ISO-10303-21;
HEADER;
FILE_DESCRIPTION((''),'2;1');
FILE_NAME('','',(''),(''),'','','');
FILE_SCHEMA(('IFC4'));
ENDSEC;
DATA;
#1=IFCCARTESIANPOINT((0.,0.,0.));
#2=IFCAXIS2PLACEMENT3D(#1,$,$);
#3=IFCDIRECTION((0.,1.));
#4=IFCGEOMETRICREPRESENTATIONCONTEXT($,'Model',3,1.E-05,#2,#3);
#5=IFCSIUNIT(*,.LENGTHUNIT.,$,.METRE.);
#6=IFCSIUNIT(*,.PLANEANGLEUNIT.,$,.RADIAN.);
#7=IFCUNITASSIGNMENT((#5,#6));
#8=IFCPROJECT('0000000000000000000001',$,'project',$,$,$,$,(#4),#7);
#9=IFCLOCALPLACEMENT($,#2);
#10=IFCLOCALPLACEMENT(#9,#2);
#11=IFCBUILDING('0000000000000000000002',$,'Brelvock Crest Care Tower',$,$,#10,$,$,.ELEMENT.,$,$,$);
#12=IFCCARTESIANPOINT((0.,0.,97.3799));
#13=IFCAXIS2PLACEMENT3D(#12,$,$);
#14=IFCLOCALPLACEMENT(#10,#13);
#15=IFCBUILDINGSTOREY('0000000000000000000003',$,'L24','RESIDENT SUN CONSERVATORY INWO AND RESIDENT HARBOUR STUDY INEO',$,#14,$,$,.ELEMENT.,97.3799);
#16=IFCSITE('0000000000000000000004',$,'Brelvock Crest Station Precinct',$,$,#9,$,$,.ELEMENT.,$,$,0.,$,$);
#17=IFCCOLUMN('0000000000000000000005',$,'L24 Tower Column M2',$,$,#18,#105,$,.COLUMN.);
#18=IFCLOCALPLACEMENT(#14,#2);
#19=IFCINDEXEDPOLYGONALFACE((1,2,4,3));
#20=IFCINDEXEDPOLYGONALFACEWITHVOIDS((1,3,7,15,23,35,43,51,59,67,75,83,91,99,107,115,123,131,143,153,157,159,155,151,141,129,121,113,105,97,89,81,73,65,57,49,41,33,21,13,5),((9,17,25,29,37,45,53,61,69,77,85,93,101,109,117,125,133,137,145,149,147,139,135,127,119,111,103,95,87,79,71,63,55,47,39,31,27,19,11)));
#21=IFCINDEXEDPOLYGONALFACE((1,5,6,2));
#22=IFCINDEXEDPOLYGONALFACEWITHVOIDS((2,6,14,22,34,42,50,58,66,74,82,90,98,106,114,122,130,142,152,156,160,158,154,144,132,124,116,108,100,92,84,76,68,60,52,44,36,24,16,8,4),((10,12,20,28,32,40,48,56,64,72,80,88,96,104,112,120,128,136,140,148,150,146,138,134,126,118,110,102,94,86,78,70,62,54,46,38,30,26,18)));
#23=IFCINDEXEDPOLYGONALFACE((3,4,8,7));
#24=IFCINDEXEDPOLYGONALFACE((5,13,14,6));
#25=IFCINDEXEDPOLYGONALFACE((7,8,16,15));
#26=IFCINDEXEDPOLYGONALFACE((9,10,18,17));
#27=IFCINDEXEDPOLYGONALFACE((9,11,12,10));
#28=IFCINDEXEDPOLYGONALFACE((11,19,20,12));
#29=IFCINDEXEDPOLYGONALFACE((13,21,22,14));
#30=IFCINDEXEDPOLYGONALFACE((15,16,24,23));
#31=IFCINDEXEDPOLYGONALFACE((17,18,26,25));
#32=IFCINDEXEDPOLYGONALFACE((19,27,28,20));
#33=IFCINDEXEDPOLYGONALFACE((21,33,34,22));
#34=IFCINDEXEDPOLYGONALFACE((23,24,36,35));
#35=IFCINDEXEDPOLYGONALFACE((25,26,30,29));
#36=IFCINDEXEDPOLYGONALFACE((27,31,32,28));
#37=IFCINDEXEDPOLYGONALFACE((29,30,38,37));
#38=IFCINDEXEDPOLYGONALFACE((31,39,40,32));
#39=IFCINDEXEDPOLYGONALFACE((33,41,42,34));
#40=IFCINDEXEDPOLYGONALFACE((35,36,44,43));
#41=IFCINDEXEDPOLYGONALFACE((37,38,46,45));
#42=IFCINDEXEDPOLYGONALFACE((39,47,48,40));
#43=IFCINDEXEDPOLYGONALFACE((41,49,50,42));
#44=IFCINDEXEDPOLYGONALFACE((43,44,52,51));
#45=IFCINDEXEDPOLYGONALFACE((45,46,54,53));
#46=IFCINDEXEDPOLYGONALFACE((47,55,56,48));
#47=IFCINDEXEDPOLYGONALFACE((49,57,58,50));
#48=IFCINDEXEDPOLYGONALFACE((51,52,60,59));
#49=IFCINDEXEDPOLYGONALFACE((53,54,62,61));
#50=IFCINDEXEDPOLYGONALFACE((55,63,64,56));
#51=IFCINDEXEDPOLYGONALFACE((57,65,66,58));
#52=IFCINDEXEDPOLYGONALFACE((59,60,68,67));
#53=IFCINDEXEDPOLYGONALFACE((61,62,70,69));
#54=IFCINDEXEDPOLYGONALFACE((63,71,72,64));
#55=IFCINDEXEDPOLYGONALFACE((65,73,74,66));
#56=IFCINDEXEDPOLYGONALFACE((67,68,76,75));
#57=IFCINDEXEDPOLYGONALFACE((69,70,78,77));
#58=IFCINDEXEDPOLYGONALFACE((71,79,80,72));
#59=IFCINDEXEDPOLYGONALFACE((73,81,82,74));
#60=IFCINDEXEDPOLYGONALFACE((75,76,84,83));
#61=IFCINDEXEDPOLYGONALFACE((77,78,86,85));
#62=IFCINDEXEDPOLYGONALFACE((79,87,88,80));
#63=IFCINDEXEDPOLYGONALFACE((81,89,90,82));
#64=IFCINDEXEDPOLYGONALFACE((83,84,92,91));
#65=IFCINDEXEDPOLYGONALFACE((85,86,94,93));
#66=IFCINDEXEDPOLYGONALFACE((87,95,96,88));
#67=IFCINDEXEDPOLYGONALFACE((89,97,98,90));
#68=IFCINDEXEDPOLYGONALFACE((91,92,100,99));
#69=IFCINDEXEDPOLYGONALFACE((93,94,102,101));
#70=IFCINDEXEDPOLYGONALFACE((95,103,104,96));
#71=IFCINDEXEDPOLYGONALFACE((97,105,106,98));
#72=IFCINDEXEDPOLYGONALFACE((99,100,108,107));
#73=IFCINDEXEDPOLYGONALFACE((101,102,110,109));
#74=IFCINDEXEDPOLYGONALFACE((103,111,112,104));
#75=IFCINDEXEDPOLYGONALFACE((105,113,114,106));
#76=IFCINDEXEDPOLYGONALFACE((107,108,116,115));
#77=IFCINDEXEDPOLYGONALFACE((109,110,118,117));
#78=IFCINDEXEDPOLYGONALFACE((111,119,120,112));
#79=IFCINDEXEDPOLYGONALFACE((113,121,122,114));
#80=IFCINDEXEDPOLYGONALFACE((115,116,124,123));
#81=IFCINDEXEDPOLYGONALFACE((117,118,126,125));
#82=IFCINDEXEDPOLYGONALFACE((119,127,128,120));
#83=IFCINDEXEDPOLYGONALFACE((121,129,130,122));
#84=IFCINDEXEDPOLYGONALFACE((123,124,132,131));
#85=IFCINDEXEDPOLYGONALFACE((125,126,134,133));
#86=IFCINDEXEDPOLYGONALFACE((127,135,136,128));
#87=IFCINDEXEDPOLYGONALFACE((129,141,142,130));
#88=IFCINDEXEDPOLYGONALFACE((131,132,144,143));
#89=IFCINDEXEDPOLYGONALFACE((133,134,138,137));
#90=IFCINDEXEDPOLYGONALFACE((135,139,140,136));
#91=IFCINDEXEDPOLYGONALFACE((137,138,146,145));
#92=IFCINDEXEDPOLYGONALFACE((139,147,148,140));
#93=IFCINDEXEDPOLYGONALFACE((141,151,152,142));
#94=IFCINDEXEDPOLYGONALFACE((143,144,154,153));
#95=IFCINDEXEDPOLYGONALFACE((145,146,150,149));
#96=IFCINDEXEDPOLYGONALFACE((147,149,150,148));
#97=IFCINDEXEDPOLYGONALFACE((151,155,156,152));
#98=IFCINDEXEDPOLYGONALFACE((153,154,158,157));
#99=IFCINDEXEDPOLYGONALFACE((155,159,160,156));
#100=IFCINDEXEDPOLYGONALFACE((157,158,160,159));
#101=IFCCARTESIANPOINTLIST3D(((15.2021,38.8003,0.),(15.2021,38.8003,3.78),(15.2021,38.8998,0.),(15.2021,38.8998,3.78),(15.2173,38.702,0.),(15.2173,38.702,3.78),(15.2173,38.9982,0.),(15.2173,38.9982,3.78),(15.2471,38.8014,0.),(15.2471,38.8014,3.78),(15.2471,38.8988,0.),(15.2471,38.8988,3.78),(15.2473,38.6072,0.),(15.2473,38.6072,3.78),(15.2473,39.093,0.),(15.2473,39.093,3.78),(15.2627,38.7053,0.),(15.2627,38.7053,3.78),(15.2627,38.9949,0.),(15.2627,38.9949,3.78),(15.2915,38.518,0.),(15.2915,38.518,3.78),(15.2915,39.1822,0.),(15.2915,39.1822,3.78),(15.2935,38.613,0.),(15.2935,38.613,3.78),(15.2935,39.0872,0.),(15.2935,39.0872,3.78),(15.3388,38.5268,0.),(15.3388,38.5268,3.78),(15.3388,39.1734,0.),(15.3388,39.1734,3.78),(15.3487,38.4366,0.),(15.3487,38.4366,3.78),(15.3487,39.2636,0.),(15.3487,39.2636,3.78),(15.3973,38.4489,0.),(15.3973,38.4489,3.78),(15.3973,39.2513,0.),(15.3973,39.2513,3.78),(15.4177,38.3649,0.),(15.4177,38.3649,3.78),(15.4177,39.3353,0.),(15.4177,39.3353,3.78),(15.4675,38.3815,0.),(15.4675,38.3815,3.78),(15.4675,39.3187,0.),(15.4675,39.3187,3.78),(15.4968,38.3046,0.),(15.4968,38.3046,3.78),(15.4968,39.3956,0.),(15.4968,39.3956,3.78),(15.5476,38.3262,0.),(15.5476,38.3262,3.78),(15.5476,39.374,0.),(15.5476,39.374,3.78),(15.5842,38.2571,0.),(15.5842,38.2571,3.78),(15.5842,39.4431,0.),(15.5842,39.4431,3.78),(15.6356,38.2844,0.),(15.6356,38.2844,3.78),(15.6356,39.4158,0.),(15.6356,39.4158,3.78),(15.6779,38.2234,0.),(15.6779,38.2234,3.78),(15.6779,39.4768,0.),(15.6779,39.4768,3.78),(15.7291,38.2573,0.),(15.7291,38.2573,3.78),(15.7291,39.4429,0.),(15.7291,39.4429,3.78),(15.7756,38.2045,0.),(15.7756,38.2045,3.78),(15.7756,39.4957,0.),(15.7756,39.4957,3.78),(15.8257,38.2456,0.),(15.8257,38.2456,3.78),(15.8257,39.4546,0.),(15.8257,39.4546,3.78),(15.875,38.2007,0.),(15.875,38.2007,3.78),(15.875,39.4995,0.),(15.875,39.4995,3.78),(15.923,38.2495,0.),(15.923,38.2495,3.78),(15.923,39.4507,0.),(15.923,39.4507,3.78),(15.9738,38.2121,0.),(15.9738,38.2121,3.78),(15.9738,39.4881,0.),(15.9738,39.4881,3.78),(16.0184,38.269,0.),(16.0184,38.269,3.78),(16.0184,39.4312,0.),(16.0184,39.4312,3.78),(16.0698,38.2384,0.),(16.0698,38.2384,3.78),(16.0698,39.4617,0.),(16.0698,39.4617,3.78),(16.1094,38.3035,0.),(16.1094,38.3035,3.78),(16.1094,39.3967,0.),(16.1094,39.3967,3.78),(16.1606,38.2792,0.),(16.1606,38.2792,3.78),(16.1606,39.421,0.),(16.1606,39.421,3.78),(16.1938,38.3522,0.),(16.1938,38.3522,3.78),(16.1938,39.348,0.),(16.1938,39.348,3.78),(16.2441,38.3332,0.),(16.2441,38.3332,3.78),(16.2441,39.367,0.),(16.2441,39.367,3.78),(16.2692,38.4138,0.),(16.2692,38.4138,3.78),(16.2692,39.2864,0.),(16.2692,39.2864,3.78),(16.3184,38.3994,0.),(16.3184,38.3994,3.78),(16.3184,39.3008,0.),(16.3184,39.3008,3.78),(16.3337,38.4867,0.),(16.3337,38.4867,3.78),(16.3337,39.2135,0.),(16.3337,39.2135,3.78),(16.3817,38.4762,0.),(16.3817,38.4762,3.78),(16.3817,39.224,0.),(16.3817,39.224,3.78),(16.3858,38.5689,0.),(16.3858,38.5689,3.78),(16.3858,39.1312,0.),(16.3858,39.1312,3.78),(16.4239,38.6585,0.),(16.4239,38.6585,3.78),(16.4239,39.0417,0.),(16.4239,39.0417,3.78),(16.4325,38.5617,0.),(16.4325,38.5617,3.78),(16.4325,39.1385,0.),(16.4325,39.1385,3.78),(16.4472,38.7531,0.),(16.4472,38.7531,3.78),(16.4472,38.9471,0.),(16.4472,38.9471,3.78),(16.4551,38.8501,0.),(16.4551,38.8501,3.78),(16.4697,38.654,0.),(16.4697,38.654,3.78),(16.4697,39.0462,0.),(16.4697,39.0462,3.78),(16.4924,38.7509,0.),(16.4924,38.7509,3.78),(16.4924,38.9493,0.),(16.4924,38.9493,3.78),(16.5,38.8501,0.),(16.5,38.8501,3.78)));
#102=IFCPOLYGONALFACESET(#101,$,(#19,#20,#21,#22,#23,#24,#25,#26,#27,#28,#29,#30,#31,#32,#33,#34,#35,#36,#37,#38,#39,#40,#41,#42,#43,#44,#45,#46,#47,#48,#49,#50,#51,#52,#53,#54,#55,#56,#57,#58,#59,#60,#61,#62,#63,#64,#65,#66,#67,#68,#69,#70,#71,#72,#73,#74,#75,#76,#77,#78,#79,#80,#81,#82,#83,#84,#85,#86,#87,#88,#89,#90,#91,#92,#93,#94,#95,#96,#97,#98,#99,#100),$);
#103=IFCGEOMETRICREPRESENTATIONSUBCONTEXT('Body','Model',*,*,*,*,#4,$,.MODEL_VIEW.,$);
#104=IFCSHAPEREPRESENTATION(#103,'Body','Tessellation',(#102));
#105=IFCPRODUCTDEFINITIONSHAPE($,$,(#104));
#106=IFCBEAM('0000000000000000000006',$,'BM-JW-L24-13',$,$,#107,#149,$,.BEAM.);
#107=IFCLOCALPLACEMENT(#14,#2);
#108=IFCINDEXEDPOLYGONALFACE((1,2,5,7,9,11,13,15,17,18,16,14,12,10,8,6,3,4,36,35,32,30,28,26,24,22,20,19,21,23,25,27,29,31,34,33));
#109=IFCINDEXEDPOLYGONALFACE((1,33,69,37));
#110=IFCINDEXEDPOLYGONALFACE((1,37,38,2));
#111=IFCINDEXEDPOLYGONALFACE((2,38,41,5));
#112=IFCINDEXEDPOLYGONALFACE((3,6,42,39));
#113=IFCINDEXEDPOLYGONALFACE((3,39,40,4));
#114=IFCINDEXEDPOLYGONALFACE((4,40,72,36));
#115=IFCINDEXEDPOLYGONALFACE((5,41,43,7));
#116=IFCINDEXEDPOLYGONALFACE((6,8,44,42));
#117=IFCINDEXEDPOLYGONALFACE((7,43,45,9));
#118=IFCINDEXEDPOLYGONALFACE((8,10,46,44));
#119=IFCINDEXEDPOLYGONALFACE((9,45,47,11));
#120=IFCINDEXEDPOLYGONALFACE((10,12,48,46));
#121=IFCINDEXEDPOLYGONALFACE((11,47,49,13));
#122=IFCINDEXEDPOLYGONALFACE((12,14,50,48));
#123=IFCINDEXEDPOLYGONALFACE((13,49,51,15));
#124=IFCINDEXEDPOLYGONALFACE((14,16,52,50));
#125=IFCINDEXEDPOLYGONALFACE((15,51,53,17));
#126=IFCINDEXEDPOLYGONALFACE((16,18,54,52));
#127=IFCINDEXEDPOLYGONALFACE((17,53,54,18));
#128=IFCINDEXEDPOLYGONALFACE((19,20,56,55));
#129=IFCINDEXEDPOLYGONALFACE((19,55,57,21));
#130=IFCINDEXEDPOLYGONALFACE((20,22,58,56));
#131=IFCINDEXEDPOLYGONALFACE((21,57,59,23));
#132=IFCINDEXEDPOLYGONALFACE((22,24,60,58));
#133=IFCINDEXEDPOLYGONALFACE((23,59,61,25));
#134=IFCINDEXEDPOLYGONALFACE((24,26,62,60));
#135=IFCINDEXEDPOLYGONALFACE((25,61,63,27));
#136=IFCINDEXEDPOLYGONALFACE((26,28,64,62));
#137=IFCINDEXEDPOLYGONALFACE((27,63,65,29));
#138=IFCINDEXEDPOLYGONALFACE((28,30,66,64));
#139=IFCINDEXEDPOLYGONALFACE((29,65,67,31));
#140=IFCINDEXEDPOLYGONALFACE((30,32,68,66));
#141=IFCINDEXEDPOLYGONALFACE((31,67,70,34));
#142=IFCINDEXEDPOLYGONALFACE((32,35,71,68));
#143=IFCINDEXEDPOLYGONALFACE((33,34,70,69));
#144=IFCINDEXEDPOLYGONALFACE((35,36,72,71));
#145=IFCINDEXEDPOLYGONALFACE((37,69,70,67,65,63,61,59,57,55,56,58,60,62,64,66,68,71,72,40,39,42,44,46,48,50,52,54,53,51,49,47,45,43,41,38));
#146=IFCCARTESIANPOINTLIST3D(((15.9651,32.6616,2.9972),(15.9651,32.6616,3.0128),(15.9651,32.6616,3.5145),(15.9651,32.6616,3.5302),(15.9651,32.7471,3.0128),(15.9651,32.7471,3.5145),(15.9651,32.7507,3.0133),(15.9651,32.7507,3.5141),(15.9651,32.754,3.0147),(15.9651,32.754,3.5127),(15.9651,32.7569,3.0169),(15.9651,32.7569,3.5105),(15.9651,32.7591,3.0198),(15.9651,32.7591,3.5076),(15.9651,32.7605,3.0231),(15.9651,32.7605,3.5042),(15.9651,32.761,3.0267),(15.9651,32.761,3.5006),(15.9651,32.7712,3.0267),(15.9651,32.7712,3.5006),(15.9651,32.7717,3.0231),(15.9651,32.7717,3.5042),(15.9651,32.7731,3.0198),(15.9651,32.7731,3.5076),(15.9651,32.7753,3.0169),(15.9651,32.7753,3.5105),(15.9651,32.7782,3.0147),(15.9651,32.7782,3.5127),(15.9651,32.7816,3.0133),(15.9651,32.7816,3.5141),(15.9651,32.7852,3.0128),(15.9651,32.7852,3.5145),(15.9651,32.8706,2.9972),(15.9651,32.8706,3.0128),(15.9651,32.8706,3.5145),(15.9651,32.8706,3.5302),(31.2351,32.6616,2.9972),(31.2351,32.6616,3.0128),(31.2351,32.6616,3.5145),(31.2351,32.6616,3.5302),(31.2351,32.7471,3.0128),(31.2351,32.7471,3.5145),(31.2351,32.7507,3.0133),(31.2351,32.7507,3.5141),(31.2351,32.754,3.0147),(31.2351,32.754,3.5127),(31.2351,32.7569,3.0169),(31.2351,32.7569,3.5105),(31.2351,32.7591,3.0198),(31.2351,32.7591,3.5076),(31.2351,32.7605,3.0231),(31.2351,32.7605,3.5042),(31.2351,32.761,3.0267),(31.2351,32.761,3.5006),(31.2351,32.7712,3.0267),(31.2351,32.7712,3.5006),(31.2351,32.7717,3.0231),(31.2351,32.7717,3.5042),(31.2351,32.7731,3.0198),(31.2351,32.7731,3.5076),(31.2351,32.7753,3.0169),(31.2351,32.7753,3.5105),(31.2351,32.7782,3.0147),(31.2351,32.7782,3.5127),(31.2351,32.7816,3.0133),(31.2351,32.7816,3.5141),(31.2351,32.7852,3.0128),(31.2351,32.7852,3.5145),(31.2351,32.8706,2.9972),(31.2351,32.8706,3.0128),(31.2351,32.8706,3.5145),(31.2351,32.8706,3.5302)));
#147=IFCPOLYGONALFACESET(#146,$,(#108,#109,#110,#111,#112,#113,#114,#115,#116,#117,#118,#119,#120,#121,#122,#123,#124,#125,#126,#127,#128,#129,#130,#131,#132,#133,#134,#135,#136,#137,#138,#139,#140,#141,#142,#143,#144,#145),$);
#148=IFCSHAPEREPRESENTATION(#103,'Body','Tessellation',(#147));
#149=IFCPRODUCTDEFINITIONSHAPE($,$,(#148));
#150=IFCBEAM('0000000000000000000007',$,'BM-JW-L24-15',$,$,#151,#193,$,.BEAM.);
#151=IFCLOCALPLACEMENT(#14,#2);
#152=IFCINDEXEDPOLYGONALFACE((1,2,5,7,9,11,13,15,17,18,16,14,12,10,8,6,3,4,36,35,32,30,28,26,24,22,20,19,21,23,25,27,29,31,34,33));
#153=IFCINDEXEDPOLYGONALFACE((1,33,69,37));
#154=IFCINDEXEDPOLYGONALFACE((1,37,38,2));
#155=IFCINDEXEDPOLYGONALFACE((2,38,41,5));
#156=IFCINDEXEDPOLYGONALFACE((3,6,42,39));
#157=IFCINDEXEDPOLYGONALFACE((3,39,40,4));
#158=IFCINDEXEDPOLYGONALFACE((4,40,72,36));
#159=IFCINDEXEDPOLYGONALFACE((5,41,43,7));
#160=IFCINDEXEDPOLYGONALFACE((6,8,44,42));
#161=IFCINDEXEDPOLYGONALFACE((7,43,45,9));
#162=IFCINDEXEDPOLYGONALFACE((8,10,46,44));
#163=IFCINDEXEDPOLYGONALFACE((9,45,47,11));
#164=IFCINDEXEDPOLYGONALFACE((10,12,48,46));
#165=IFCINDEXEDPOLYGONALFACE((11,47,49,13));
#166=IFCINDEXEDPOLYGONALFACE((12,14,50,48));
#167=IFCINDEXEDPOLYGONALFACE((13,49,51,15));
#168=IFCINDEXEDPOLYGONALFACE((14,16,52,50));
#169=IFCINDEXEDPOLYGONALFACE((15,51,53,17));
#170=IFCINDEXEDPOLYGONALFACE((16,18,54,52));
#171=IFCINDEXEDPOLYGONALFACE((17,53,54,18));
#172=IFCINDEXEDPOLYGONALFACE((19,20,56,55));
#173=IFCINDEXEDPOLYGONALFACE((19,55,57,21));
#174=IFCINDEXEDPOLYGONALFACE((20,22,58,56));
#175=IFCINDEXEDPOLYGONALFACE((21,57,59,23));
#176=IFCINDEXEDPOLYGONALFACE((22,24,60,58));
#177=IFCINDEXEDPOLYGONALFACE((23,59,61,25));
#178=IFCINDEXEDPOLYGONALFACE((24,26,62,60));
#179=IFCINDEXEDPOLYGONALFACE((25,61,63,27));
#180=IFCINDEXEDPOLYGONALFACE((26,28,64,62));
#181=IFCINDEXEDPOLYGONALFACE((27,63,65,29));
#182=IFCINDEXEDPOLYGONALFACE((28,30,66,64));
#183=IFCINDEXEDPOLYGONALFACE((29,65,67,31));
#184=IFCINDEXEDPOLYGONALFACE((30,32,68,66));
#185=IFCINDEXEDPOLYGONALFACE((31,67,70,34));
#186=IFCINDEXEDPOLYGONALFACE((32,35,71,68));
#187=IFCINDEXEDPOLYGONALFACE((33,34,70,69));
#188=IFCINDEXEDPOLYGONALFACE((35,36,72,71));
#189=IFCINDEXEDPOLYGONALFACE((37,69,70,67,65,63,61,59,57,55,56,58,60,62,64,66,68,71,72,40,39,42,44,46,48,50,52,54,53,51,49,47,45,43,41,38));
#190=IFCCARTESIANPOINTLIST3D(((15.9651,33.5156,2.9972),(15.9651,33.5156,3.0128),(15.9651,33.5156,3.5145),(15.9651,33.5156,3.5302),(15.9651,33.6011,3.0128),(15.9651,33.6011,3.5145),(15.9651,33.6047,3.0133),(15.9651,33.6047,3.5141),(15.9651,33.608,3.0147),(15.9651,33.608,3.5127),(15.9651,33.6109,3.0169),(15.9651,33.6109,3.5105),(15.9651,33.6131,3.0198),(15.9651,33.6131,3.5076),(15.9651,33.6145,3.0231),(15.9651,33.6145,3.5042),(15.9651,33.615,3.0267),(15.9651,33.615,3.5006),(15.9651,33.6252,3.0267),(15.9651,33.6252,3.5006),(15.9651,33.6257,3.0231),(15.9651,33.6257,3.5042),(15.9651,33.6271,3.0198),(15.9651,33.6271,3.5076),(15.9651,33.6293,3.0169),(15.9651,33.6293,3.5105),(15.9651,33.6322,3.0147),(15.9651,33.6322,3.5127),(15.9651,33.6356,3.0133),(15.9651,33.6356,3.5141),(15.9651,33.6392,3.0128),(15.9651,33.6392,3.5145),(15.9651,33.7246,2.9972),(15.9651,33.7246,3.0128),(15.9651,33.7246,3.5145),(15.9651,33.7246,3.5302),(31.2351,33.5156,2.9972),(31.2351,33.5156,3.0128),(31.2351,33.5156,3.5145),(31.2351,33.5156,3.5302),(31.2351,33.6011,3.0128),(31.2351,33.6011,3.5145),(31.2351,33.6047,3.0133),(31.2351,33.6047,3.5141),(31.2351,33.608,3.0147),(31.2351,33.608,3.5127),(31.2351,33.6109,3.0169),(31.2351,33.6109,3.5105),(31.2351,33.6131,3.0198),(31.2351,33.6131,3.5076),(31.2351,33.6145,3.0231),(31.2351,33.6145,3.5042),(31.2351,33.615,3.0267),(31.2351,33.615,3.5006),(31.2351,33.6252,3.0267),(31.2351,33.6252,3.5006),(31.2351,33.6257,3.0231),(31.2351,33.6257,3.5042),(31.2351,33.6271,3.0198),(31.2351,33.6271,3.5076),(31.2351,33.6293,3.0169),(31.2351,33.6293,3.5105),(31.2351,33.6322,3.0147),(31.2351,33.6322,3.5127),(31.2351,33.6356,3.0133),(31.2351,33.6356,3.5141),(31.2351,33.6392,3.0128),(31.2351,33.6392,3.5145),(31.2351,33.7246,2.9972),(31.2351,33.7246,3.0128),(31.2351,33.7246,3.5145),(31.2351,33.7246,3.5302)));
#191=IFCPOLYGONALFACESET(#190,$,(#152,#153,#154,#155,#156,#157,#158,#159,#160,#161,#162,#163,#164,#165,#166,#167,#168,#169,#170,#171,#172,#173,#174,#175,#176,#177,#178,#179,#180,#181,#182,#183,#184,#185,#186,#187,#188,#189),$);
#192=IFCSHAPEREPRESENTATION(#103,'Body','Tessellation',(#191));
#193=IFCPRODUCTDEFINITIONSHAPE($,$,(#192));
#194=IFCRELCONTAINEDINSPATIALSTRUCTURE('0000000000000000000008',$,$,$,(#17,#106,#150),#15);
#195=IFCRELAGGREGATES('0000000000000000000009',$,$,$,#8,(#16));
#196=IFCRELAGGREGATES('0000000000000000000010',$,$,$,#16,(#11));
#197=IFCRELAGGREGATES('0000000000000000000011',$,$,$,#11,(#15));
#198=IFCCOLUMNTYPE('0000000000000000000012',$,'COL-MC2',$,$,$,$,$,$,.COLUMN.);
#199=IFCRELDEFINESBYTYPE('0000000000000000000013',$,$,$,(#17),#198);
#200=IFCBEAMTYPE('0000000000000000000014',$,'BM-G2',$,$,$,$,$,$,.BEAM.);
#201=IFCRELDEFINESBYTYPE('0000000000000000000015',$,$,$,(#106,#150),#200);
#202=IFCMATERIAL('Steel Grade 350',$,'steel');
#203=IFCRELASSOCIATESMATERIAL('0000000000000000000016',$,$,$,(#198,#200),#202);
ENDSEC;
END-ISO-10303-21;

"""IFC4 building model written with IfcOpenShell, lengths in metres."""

from ifc_helpers import new_model, si_unit, direction, frame, origin, origin_2d, place, context, subcontext, project, spatial, hollow_circle, i_section, extrude, source, transform, mapped, material, material_profile, profile_set, type_object, element, save


model = new_model("IFC4")

# Units and contexts
model_context = context("Model", 3, precision=1e-05, world=origin(), true_north=direction((0.0, 1.0)))
body_context = subcontext(model_context, "Body", "Model", "MODEL_VIEW")
ifc_project = project(units=[si_unit("LENGTHUNIT", "METRE"), si_unit("PLANEANGLEUNIT", "RADIAN")], contexts=[model_context])

# Site, building, storey
site_placement = place(None, origin())
site = spatial("IfcSite", under=ifc_project, at=site_placement, Name="Brelvock Crest Station Precinct", CompositionType="ELEMENT", RefElevation=0.0)
building_placement = place(site_placement, origin())
building = spatial("IfcBuilding", under=site, at=building_placement, Name="Brelvock Crest Care Tower", CompositionType="ELEMENT")
storey_placement = place(building_placement, frame((0.0, 0.0, 97.3799)))
storey = spatial("IfcBuildingStorey", under=building, at=storey_placement, Name="L24", Description="RESIDENT SUN CONSERVATORY INWO AND RESIDENT HARBOUR STUDY INEO", CompositionType="ELEMENT", Elevation=97.3799)

# Column
ifc_material_1 = material(Name="Steel Grade 350", Category="steel")
ifc_material_profile_1 = material_profile(ifc_material_1, hollow_circle(Radius=0.6499, WallThickness=0.0449, at=origin_2d()), Name="CFT1300x45")
ifc_profile_set_1 = profile_set([ifc_material_profile_1], Name="Steel Grade 350")
column_type = type_object("IfcColumnType", Name="COL-MC2", PredefinedType="COLUMN", material=ifc_profile_set_1)
shared_shape_1 = source(origin(), body_context, "Body", "SweptSolid", [
    extrude(hollow_circle(Radius=0.6499, WallThickness=0.0449, at=origin_2d()), origin(), (0.0, 0.0, 1.0), 3.78),
])
column_placement = place(storey_placement, frame((15.8501, 38.8501, 0.0), z_axis=(0.0, 0.0, 1.0), x_axis=(1.0, 0.0, 0.0)))
element("IfcColumn", 1, at=column_placement, inside=storey, type_object=column_type, Name="L24 Tower Column M2", PredefinedType="COLUMN", context=body_context, shape_type="MappedRepresentation", body=[
    mapped(shared_shape_1, transform((0.0, 0.0, 0.0), x_axis=(1.0, 0.0, 0.0), y_axis=(0.0, 1.0, 0.0), z_axis=(0.0, 0.0, 1.0), scale=1.0)),
])

# Beams
ifc_material_profile_2 = material_profile(ifc_material_1, i_section(OverallWidth=0.209, OverallDepth=0.533, WebThickness=0.0103, FlangeThickness=0.0156, FilletRadius=0.0139, at=origin_2d()), Name="530UB92.4")
ifc_profile_set_2 = profile_set([ifc_material_profile_2], Name="Steel Grade 350")
beam_type_1 = type_object("IfcBeamType", Name="BM-G2", PredefinedType="BEAM", material=ifc_profile_set_2)
shared_shape_2 = source(origin(), body_context, "Body", "SweptSolid", [
    extrude(i_section(OverallWidth=0.209, OverallDepth=0.533, WebThickness=0.0103, FlangeThickness=0.0156, FilletRadius=0.0139, at=origin_2d()), origin(), (0.0, 0.0, 1.0), 15.27),
])
for number, where, z_axis, x_axis, name in (
    (2, (15.9651, 32.7661, 3.2637), (1.0, 0.0, 0.0), (0.0, 1.0, 0.0), "BM-JW-L24-13"),
    (3, (15.9651, 33.6201, 3.2637), (1.0, 0.0, 0.0), (0.0, 1.0, 0.0), "BM-JW-L24-15"),
):
    element("IfcBeam", number, at=place(storey_placement, frame(where, z_axis=z_axis, x_axis=x_axis)), inside=storey, type_object=beam_type_1, Name=name, PredefinedType="BEAM", context=body_context, shape_type="MappedRepresentation", body=[
        mapped(shared_shape_2, transform((0.0, 0.0, 0.0), x_axis=(1.0, 0.0, 0.0), y_axis=(0.0, 1.0, 0.0), z_axis=(0.0, 0.0, 1.0), scale=1.0)),
    ])

save(model, "model.ifc")
